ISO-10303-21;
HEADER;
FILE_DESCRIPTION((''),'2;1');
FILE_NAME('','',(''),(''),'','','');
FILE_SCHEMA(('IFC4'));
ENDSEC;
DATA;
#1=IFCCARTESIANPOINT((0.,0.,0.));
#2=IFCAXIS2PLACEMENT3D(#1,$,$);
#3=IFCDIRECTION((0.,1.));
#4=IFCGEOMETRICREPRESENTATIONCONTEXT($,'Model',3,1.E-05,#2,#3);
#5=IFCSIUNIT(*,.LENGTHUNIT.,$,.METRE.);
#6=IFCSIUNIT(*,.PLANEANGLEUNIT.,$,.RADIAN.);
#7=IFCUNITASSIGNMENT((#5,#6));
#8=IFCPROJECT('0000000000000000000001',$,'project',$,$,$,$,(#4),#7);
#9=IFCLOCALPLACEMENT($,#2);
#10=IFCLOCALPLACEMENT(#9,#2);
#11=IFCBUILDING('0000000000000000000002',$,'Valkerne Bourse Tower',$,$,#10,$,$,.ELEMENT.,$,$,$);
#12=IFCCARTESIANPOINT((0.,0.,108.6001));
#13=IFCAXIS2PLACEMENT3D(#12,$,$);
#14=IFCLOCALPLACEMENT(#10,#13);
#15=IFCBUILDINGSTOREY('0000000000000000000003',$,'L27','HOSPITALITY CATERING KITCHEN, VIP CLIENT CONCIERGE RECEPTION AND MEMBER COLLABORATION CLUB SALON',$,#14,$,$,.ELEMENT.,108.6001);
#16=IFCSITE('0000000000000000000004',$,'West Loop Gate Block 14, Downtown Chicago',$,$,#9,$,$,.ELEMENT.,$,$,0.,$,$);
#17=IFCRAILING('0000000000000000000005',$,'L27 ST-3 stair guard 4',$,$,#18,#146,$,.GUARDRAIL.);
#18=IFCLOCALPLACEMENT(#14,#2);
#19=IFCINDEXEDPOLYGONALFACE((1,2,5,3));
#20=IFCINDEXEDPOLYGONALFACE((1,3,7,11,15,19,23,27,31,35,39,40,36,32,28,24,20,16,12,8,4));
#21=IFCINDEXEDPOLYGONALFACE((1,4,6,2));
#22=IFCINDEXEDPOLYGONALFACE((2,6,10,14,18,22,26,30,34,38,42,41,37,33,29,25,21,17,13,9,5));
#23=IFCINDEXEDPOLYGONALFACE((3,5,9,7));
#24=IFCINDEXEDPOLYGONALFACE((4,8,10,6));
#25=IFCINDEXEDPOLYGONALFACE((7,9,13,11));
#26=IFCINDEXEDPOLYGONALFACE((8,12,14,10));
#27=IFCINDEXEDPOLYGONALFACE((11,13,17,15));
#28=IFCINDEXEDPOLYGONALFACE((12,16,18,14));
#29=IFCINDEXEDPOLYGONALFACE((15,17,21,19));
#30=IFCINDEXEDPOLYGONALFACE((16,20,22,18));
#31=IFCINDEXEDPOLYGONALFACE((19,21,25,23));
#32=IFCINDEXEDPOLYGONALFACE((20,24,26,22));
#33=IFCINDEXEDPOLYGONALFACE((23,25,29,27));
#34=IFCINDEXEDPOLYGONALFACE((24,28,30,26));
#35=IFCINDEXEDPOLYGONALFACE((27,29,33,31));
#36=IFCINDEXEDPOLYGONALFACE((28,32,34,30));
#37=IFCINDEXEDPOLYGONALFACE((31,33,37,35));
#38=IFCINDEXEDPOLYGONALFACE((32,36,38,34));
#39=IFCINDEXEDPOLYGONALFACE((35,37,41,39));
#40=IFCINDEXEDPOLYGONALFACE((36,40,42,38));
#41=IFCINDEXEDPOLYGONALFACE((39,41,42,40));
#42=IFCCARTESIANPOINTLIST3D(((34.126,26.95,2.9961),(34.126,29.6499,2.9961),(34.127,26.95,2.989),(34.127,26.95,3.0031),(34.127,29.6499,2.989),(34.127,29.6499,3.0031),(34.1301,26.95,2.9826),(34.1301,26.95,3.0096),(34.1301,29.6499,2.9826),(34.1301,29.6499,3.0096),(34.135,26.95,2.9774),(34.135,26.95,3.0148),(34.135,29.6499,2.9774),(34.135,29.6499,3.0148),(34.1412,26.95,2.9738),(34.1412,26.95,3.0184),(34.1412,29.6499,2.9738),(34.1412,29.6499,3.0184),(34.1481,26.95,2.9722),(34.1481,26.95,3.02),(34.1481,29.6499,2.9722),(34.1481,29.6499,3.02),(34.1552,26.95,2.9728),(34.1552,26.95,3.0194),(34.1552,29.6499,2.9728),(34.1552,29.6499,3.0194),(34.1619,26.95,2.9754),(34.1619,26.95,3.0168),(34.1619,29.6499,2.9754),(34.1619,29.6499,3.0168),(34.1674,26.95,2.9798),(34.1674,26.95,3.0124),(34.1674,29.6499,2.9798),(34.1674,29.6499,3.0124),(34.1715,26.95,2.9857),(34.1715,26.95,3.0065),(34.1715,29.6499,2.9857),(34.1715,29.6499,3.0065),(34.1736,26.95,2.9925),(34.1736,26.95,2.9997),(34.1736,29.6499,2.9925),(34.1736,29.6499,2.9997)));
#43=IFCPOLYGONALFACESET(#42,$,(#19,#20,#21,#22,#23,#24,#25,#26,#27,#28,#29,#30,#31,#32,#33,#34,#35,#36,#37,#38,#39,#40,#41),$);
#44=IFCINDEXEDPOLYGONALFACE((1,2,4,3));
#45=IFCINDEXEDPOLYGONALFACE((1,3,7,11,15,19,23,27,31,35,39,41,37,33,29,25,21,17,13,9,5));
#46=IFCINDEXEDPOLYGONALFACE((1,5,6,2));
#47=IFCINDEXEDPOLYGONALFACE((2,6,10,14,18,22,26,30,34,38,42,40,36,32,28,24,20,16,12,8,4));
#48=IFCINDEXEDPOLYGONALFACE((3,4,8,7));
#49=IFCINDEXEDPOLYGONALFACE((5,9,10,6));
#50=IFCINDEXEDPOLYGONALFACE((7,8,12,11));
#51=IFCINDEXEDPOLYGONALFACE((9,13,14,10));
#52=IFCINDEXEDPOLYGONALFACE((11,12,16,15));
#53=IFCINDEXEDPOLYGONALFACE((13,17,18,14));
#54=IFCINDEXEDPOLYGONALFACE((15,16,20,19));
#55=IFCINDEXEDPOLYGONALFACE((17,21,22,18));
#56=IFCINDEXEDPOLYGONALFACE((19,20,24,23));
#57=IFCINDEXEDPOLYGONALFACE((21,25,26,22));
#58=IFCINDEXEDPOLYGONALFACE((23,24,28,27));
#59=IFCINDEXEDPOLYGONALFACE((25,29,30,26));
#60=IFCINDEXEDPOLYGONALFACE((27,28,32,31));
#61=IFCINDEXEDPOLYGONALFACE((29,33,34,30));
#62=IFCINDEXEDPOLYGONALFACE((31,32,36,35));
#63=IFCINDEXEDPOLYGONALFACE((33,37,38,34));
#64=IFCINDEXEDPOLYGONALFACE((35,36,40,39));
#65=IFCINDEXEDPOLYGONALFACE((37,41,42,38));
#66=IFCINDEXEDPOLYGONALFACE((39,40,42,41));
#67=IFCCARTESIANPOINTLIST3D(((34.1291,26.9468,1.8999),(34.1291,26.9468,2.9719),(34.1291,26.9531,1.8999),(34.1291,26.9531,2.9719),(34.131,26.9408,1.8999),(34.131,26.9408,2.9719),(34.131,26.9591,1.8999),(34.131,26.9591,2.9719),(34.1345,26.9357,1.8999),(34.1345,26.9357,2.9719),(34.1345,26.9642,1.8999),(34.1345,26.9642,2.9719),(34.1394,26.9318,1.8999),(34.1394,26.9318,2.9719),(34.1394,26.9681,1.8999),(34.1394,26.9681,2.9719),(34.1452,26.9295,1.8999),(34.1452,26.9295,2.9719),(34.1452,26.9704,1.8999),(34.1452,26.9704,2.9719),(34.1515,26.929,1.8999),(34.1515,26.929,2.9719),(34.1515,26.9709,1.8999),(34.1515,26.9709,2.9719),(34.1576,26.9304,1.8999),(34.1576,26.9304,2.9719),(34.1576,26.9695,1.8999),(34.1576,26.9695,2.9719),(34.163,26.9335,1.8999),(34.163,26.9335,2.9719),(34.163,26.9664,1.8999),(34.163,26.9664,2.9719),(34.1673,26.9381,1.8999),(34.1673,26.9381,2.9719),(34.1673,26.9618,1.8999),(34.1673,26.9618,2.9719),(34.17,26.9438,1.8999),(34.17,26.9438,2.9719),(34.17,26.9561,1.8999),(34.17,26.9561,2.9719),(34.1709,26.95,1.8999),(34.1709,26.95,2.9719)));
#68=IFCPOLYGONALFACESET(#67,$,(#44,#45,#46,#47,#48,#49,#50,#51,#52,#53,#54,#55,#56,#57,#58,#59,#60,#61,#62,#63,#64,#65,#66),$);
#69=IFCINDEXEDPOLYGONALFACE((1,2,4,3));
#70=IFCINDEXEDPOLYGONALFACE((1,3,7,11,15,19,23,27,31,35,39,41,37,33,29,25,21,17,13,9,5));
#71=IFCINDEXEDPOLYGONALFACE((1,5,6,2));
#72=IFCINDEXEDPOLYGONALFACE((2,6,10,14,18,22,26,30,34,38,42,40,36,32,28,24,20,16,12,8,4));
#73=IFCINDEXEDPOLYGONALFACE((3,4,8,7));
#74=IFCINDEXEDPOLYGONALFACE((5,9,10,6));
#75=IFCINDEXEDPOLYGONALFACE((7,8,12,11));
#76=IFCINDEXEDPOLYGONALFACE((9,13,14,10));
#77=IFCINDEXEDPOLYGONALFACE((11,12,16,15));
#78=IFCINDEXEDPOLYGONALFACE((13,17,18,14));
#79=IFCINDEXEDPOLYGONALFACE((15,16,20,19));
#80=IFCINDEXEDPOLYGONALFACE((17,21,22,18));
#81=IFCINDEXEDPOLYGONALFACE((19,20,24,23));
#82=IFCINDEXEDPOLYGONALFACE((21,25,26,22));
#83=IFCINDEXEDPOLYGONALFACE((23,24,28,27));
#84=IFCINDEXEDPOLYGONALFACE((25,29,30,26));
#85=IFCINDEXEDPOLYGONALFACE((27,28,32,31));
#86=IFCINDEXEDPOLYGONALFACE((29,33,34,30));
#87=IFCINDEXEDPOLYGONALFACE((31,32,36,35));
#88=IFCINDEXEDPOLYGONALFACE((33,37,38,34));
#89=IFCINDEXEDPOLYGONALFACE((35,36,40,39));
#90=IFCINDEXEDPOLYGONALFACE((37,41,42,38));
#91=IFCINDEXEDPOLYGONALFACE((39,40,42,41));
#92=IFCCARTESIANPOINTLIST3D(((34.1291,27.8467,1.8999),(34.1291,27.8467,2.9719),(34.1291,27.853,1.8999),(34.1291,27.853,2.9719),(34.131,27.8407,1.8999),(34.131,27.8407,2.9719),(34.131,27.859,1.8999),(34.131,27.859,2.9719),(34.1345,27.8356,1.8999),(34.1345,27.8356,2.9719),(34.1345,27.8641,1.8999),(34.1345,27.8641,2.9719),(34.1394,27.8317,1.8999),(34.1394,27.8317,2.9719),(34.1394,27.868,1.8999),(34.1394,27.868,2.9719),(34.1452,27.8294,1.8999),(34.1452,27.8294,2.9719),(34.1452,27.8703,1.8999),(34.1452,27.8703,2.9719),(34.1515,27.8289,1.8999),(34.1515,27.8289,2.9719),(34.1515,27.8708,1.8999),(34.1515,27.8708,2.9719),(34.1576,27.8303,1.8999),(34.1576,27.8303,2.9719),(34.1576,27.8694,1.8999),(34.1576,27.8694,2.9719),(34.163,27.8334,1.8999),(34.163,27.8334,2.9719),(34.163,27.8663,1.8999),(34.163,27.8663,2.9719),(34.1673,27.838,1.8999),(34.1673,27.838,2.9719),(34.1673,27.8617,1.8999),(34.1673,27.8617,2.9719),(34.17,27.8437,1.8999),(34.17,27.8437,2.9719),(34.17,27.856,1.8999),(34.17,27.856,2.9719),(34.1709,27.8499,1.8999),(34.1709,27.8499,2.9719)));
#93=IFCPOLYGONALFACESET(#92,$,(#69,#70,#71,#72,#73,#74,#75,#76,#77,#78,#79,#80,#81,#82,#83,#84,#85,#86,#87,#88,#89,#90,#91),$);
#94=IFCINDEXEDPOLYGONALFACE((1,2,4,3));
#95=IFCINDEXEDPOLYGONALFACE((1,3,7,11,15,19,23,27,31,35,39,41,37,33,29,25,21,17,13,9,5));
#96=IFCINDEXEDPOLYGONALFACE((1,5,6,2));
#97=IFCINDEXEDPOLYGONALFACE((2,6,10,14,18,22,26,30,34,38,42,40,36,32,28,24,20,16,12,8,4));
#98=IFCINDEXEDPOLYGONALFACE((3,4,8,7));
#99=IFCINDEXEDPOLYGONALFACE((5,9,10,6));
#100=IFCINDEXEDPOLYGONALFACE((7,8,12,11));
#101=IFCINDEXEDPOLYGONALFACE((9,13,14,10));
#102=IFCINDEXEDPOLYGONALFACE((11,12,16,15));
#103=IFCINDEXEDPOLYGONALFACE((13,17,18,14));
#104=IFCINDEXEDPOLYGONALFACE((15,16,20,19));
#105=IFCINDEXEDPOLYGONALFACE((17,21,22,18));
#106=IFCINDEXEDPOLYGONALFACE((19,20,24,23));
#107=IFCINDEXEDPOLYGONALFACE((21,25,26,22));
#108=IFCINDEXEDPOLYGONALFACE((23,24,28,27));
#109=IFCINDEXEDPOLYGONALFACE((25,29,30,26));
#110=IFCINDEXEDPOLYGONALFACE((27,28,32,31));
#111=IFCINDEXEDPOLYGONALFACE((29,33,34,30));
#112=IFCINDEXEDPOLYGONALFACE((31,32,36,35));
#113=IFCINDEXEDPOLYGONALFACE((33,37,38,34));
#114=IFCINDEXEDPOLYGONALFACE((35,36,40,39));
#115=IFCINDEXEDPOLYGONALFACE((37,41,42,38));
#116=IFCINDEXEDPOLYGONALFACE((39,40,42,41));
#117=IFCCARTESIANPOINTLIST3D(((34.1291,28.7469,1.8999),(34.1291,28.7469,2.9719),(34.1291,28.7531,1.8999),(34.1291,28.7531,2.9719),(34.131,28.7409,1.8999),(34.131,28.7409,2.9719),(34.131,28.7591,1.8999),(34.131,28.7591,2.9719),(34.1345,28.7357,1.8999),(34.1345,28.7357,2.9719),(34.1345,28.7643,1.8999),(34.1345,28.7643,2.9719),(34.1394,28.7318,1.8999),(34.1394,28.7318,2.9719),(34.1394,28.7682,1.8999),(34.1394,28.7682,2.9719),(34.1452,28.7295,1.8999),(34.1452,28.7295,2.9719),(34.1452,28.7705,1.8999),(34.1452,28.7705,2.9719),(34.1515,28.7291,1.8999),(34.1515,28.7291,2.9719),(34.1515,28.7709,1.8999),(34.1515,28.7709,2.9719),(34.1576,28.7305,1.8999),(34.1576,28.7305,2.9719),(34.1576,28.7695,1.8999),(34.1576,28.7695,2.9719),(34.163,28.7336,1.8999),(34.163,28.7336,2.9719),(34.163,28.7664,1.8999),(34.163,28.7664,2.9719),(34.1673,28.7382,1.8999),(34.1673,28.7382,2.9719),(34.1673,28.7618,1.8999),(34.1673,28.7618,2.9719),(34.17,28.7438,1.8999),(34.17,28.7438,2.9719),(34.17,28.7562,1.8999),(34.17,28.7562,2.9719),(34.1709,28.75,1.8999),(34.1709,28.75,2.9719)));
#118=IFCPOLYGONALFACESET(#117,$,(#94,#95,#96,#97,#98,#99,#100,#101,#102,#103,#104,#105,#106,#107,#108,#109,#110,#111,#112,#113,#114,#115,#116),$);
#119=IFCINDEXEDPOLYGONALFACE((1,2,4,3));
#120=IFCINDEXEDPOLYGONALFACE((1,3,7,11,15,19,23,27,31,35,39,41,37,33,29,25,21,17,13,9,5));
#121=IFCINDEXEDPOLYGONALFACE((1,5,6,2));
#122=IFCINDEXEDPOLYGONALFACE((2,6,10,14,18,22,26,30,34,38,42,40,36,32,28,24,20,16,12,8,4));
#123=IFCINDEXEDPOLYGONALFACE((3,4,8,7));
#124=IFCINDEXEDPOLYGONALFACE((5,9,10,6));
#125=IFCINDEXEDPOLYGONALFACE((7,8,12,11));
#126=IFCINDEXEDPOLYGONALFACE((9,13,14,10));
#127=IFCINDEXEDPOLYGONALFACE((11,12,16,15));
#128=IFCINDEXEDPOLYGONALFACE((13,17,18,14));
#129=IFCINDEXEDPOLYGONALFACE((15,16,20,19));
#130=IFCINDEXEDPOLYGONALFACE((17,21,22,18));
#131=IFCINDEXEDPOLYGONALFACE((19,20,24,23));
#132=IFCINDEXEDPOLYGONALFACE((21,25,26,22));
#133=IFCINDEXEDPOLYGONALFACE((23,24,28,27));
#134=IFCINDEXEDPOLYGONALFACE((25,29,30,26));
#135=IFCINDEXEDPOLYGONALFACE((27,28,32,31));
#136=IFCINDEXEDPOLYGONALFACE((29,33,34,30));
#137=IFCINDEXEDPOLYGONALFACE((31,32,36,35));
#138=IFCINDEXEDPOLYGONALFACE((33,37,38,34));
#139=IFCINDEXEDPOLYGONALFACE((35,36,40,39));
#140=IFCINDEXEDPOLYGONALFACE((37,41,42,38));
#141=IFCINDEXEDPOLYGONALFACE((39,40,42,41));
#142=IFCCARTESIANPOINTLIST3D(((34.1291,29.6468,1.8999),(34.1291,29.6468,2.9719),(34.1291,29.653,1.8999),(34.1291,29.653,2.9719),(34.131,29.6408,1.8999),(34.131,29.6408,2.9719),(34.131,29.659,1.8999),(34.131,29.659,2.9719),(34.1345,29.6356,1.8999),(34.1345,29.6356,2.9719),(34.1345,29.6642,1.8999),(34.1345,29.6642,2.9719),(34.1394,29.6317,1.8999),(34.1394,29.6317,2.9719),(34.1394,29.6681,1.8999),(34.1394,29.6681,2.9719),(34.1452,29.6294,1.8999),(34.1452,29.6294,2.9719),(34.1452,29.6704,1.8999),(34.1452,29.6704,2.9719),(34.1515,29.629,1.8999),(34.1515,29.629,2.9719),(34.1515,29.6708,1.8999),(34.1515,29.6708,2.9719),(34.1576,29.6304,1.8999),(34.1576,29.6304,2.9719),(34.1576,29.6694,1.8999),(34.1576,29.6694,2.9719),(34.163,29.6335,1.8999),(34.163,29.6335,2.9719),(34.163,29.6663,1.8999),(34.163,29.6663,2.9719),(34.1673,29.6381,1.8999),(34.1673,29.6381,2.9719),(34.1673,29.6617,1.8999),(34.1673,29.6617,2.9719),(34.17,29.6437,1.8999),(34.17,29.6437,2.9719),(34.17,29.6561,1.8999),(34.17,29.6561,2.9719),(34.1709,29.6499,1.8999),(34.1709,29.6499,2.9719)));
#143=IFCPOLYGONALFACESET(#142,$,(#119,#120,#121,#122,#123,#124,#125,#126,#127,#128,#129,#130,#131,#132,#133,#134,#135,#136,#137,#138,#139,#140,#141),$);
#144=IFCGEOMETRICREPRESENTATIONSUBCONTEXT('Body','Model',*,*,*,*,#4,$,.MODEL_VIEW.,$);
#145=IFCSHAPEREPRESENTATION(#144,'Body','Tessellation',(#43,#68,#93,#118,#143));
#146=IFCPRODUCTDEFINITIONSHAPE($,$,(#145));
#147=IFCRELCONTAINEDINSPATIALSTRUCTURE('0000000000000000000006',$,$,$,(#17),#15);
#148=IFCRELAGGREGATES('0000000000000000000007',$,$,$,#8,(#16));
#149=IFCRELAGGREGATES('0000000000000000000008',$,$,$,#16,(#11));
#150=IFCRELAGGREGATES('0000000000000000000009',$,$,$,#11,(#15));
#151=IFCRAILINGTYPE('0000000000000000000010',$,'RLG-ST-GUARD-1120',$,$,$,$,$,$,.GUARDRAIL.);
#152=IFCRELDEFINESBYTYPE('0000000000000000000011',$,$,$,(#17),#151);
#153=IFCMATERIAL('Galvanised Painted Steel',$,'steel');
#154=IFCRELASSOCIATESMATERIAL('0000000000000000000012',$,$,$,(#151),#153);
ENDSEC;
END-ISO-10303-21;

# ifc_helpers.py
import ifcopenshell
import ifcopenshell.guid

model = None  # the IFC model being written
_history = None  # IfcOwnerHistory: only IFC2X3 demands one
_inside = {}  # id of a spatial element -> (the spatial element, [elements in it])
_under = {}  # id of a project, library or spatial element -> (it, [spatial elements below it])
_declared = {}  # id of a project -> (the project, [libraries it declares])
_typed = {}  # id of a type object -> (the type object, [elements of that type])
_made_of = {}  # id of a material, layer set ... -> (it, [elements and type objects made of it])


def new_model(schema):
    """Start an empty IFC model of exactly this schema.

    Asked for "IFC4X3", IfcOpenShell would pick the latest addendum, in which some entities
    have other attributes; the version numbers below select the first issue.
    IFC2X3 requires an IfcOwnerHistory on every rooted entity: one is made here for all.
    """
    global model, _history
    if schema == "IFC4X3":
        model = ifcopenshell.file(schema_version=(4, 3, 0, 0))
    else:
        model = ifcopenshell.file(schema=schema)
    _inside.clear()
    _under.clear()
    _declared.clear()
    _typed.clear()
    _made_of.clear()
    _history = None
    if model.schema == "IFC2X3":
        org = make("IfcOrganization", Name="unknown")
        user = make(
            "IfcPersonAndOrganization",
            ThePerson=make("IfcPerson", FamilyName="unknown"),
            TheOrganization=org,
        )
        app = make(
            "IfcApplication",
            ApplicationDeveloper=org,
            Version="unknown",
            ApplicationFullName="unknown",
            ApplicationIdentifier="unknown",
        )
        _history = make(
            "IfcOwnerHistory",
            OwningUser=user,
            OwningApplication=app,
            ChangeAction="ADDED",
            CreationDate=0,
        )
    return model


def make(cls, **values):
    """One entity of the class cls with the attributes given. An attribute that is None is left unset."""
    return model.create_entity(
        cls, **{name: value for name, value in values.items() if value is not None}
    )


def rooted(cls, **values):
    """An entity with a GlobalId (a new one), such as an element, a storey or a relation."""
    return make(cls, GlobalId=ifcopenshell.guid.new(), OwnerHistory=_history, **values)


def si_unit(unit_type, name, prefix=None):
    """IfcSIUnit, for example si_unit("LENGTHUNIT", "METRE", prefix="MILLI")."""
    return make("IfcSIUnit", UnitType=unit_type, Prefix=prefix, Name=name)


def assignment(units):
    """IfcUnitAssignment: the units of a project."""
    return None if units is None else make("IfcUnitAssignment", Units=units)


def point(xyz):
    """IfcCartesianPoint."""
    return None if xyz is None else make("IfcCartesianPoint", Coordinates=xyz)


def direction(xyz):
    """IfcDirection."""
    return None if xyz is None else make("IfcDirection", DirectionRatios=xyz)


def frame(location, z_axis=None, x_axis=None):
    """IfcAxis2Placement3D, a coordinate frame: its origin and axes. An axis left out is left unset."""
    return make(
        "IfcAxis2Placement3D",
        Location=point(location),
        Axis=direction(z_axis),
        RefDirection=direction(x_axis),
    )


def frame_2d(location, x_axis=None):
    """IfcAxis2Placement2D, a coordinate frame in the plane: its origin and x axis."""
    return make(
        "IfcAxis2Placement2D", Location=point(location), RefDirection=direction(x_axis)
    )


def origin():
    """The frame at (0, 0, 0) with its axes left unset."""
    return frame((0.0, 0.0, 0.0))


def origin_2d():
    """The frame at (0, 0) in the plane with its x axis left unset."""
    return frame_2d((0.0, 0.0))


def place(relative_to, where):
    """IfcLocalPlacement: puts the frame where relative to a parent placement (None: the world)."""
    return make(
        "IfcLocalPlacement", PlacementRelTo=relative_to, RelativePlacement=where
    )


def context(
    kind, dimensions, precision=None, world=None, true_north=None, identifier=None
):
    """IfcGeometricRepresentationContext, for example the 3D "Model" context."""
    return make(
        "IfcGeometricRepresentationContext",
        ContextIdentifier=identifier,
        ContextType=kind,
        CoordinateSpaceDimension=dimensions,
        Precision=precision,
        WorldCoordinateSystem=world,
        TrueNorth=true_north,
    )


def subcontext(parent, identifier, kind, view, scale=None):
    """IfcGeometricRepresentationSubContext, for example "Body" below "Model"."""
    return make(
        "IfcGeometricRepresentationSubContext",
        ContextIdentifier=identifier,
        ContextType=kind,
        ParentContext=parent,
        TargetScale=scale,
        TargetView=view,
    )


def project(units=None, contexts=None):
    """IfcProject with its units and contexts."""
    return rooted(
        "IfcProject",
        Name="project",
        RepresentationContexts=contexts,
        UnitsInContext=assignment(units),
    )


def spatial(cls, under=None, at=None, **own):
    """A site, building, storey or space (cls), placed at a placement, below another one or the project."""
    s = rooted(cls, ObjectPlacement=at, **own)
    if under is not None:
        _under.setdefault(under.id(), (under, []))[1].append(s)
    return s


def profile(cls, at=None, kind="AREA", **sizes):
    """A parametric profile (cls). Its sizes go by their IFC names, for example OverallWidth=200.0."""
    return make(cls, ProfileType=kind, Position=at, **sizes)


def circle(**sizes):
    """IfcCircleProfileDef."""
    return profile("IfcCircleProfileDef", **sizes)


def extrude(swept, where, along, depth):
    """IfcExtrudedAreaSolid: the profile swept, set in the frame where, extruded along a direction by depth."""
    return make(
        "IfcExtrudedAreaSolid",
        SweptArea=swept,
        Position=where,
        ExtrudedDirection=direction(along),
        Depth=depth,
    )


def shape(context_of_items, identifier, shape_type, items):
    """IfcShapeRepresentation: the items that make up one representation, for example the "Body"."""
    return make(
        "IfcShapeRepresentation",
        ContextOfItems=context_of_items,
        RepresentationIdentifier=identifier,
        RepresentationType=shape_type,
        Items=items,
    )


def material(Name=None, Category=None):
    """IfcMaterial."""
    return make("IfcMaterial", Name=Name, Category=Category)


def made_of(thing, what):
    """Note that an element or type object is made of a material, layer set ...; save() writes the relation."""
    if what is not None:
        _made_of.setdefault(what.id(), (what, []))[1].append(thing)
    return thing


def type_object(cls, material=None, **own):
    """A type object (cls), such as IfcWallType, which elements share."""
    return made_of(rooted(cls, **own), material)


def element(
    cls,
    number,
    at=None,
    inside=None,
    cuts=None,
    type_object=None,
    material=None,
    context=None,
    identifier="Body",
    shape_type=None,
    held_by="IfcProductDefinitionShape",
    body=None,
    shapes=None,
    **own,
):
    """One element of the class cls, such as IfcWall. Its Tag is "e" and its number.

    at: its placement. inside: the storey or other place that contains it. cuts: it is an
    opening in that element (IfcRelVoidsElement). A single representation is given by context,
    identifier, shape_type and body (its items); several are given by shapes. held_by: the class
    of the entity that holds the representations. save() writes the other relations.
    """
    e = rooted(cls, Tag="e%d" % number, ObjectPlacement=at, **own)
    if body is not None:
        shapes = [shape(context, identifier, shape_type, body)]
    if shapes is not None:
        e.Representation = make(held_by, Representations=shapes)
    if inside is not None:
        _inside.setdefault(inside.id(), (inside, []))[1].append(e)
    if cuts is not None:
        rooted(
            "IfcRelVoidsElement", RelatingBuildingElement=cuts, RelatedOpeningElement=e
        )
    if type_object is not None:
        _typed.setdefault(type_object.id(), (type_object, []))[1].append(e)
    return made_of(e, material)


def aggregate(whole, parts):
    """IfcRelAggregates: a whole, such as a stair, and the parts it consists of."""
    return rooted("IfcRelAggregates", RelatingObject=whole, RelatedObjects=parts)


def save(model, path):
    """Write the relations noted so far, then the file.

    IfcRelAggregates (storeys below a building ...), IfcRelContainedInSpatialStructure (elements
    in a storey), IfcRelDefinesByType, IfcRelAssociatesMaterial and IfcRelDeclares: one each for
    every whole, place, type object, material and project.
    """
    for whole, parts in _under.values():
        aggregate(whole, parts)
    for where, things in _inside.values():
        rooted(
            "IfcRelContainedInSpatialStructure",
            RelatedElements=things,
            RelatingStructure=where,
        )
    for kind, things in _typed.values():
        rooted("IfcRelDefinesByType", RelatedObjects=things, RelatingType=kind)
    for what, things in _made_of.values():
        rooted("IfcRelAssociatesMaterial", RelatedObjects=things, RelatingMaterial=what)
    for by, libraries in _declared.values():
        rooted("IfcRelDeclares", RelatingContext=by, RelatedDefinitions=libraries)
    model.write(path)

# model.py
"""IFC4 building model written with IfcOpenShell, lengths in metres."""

from ifc_helpers import new_model, si_unit, direction, frame, origin, origin_2d, place, context, subcontext, project, spatial, circle, extrude, material, type_object, element, save


model = new_model("IFC4")

# Units and contexts
model_context = context("Model", 3, precision=1e-05, world=origin(), true_north=direction((0.0, 1.0)))
body_context = subcontext(model_context, "Body", "Model", "MODEL_VIEW")
ifc_project = project(units=[si_unit("LENGTHUNIT", "METRE"), si_unit("PLANEANGLEUNIT", "RADIAN")], contexts=[model_context])

# Site, building, storey
site_placement = place(None, origin())
site = spatial("IfcSite", under=ifc_project, at=site_placement, Name="West Loop Gate Block 14, Downtown Chicago", CompositionType="ELEMENT", RefElevation=0.0)
building_placement = place(site_placement, origin())
building = spatial("IfcBuilding", under=site, at=building_placement, Name="Valkerne Bourse Tower", CompositionType="ELEMENT")
storey_placement = place(building_placement, frame((0.0, 0.0, 108.6001)))
storey = spatial("IfcBuildingStorey", under=building, at=storey_placement, Name="L27", Description="HOSPITALITY CATERING KITCHEN, VIP CLIENT CONCIERGE RECEPTION AND MEMBER COLLABORATION CLUB SALON", CompositionType="ELEMENT", Elevation=108.6001)

# Railing
ifc_material_1 = material(Name="Galvanised Painted Steel", Category="steel")
railing_type_1 = type_object("IfcRailingType", Name="RLG-ST-GUARD-1120", PredefinedType="GUARDRAIL", material=ifc_material_1)
for number, where, name in (
    (1, (34.1499, 26.95, 1.8999), "L27 ST-3 stair guard 4"),
):
    element("IfcRailing", number, at=place(storey_placement, frame(where)), inside=storey, type_object=railing_type_1, Name=name, PredefinedType="GUARDRAIL", context=body_context, shape_type="SweptSolid", body=[
        extrude(circle(Radius=0.0239, at=origin_2d()), frame((0.0, 0.0, 1.0962), z_axis=(0.0, 1.0, 0.0), x_axis=(-1.0, 0.0, 0.0)), (0.0, 0.0, 1.0), 2.7),
        extrude(circle(Radius=0.021, at=origin_2d()), origin(), (0.0, 0.0, 1.0), 1.072),
        extrude(circle(Radius=0.021, at=origin_2d()), frame((0.0, 0.8999, 0.0)), (0.0, 0.0, 1.0), 1.072),
        extrude(circle(Radius=0.021, at=origin_2d()), frame((0.0, 1.8, 0.0)), (0.0, 0.0, 1.0), 1.072),
        extrude(circle(Radius=0.021, at=origin_2d()), frame((0.0, 2.7, 0.0)), (0.0, 0.0, 1.0), 1.072),
    ])

save(model, "model.ifc")
